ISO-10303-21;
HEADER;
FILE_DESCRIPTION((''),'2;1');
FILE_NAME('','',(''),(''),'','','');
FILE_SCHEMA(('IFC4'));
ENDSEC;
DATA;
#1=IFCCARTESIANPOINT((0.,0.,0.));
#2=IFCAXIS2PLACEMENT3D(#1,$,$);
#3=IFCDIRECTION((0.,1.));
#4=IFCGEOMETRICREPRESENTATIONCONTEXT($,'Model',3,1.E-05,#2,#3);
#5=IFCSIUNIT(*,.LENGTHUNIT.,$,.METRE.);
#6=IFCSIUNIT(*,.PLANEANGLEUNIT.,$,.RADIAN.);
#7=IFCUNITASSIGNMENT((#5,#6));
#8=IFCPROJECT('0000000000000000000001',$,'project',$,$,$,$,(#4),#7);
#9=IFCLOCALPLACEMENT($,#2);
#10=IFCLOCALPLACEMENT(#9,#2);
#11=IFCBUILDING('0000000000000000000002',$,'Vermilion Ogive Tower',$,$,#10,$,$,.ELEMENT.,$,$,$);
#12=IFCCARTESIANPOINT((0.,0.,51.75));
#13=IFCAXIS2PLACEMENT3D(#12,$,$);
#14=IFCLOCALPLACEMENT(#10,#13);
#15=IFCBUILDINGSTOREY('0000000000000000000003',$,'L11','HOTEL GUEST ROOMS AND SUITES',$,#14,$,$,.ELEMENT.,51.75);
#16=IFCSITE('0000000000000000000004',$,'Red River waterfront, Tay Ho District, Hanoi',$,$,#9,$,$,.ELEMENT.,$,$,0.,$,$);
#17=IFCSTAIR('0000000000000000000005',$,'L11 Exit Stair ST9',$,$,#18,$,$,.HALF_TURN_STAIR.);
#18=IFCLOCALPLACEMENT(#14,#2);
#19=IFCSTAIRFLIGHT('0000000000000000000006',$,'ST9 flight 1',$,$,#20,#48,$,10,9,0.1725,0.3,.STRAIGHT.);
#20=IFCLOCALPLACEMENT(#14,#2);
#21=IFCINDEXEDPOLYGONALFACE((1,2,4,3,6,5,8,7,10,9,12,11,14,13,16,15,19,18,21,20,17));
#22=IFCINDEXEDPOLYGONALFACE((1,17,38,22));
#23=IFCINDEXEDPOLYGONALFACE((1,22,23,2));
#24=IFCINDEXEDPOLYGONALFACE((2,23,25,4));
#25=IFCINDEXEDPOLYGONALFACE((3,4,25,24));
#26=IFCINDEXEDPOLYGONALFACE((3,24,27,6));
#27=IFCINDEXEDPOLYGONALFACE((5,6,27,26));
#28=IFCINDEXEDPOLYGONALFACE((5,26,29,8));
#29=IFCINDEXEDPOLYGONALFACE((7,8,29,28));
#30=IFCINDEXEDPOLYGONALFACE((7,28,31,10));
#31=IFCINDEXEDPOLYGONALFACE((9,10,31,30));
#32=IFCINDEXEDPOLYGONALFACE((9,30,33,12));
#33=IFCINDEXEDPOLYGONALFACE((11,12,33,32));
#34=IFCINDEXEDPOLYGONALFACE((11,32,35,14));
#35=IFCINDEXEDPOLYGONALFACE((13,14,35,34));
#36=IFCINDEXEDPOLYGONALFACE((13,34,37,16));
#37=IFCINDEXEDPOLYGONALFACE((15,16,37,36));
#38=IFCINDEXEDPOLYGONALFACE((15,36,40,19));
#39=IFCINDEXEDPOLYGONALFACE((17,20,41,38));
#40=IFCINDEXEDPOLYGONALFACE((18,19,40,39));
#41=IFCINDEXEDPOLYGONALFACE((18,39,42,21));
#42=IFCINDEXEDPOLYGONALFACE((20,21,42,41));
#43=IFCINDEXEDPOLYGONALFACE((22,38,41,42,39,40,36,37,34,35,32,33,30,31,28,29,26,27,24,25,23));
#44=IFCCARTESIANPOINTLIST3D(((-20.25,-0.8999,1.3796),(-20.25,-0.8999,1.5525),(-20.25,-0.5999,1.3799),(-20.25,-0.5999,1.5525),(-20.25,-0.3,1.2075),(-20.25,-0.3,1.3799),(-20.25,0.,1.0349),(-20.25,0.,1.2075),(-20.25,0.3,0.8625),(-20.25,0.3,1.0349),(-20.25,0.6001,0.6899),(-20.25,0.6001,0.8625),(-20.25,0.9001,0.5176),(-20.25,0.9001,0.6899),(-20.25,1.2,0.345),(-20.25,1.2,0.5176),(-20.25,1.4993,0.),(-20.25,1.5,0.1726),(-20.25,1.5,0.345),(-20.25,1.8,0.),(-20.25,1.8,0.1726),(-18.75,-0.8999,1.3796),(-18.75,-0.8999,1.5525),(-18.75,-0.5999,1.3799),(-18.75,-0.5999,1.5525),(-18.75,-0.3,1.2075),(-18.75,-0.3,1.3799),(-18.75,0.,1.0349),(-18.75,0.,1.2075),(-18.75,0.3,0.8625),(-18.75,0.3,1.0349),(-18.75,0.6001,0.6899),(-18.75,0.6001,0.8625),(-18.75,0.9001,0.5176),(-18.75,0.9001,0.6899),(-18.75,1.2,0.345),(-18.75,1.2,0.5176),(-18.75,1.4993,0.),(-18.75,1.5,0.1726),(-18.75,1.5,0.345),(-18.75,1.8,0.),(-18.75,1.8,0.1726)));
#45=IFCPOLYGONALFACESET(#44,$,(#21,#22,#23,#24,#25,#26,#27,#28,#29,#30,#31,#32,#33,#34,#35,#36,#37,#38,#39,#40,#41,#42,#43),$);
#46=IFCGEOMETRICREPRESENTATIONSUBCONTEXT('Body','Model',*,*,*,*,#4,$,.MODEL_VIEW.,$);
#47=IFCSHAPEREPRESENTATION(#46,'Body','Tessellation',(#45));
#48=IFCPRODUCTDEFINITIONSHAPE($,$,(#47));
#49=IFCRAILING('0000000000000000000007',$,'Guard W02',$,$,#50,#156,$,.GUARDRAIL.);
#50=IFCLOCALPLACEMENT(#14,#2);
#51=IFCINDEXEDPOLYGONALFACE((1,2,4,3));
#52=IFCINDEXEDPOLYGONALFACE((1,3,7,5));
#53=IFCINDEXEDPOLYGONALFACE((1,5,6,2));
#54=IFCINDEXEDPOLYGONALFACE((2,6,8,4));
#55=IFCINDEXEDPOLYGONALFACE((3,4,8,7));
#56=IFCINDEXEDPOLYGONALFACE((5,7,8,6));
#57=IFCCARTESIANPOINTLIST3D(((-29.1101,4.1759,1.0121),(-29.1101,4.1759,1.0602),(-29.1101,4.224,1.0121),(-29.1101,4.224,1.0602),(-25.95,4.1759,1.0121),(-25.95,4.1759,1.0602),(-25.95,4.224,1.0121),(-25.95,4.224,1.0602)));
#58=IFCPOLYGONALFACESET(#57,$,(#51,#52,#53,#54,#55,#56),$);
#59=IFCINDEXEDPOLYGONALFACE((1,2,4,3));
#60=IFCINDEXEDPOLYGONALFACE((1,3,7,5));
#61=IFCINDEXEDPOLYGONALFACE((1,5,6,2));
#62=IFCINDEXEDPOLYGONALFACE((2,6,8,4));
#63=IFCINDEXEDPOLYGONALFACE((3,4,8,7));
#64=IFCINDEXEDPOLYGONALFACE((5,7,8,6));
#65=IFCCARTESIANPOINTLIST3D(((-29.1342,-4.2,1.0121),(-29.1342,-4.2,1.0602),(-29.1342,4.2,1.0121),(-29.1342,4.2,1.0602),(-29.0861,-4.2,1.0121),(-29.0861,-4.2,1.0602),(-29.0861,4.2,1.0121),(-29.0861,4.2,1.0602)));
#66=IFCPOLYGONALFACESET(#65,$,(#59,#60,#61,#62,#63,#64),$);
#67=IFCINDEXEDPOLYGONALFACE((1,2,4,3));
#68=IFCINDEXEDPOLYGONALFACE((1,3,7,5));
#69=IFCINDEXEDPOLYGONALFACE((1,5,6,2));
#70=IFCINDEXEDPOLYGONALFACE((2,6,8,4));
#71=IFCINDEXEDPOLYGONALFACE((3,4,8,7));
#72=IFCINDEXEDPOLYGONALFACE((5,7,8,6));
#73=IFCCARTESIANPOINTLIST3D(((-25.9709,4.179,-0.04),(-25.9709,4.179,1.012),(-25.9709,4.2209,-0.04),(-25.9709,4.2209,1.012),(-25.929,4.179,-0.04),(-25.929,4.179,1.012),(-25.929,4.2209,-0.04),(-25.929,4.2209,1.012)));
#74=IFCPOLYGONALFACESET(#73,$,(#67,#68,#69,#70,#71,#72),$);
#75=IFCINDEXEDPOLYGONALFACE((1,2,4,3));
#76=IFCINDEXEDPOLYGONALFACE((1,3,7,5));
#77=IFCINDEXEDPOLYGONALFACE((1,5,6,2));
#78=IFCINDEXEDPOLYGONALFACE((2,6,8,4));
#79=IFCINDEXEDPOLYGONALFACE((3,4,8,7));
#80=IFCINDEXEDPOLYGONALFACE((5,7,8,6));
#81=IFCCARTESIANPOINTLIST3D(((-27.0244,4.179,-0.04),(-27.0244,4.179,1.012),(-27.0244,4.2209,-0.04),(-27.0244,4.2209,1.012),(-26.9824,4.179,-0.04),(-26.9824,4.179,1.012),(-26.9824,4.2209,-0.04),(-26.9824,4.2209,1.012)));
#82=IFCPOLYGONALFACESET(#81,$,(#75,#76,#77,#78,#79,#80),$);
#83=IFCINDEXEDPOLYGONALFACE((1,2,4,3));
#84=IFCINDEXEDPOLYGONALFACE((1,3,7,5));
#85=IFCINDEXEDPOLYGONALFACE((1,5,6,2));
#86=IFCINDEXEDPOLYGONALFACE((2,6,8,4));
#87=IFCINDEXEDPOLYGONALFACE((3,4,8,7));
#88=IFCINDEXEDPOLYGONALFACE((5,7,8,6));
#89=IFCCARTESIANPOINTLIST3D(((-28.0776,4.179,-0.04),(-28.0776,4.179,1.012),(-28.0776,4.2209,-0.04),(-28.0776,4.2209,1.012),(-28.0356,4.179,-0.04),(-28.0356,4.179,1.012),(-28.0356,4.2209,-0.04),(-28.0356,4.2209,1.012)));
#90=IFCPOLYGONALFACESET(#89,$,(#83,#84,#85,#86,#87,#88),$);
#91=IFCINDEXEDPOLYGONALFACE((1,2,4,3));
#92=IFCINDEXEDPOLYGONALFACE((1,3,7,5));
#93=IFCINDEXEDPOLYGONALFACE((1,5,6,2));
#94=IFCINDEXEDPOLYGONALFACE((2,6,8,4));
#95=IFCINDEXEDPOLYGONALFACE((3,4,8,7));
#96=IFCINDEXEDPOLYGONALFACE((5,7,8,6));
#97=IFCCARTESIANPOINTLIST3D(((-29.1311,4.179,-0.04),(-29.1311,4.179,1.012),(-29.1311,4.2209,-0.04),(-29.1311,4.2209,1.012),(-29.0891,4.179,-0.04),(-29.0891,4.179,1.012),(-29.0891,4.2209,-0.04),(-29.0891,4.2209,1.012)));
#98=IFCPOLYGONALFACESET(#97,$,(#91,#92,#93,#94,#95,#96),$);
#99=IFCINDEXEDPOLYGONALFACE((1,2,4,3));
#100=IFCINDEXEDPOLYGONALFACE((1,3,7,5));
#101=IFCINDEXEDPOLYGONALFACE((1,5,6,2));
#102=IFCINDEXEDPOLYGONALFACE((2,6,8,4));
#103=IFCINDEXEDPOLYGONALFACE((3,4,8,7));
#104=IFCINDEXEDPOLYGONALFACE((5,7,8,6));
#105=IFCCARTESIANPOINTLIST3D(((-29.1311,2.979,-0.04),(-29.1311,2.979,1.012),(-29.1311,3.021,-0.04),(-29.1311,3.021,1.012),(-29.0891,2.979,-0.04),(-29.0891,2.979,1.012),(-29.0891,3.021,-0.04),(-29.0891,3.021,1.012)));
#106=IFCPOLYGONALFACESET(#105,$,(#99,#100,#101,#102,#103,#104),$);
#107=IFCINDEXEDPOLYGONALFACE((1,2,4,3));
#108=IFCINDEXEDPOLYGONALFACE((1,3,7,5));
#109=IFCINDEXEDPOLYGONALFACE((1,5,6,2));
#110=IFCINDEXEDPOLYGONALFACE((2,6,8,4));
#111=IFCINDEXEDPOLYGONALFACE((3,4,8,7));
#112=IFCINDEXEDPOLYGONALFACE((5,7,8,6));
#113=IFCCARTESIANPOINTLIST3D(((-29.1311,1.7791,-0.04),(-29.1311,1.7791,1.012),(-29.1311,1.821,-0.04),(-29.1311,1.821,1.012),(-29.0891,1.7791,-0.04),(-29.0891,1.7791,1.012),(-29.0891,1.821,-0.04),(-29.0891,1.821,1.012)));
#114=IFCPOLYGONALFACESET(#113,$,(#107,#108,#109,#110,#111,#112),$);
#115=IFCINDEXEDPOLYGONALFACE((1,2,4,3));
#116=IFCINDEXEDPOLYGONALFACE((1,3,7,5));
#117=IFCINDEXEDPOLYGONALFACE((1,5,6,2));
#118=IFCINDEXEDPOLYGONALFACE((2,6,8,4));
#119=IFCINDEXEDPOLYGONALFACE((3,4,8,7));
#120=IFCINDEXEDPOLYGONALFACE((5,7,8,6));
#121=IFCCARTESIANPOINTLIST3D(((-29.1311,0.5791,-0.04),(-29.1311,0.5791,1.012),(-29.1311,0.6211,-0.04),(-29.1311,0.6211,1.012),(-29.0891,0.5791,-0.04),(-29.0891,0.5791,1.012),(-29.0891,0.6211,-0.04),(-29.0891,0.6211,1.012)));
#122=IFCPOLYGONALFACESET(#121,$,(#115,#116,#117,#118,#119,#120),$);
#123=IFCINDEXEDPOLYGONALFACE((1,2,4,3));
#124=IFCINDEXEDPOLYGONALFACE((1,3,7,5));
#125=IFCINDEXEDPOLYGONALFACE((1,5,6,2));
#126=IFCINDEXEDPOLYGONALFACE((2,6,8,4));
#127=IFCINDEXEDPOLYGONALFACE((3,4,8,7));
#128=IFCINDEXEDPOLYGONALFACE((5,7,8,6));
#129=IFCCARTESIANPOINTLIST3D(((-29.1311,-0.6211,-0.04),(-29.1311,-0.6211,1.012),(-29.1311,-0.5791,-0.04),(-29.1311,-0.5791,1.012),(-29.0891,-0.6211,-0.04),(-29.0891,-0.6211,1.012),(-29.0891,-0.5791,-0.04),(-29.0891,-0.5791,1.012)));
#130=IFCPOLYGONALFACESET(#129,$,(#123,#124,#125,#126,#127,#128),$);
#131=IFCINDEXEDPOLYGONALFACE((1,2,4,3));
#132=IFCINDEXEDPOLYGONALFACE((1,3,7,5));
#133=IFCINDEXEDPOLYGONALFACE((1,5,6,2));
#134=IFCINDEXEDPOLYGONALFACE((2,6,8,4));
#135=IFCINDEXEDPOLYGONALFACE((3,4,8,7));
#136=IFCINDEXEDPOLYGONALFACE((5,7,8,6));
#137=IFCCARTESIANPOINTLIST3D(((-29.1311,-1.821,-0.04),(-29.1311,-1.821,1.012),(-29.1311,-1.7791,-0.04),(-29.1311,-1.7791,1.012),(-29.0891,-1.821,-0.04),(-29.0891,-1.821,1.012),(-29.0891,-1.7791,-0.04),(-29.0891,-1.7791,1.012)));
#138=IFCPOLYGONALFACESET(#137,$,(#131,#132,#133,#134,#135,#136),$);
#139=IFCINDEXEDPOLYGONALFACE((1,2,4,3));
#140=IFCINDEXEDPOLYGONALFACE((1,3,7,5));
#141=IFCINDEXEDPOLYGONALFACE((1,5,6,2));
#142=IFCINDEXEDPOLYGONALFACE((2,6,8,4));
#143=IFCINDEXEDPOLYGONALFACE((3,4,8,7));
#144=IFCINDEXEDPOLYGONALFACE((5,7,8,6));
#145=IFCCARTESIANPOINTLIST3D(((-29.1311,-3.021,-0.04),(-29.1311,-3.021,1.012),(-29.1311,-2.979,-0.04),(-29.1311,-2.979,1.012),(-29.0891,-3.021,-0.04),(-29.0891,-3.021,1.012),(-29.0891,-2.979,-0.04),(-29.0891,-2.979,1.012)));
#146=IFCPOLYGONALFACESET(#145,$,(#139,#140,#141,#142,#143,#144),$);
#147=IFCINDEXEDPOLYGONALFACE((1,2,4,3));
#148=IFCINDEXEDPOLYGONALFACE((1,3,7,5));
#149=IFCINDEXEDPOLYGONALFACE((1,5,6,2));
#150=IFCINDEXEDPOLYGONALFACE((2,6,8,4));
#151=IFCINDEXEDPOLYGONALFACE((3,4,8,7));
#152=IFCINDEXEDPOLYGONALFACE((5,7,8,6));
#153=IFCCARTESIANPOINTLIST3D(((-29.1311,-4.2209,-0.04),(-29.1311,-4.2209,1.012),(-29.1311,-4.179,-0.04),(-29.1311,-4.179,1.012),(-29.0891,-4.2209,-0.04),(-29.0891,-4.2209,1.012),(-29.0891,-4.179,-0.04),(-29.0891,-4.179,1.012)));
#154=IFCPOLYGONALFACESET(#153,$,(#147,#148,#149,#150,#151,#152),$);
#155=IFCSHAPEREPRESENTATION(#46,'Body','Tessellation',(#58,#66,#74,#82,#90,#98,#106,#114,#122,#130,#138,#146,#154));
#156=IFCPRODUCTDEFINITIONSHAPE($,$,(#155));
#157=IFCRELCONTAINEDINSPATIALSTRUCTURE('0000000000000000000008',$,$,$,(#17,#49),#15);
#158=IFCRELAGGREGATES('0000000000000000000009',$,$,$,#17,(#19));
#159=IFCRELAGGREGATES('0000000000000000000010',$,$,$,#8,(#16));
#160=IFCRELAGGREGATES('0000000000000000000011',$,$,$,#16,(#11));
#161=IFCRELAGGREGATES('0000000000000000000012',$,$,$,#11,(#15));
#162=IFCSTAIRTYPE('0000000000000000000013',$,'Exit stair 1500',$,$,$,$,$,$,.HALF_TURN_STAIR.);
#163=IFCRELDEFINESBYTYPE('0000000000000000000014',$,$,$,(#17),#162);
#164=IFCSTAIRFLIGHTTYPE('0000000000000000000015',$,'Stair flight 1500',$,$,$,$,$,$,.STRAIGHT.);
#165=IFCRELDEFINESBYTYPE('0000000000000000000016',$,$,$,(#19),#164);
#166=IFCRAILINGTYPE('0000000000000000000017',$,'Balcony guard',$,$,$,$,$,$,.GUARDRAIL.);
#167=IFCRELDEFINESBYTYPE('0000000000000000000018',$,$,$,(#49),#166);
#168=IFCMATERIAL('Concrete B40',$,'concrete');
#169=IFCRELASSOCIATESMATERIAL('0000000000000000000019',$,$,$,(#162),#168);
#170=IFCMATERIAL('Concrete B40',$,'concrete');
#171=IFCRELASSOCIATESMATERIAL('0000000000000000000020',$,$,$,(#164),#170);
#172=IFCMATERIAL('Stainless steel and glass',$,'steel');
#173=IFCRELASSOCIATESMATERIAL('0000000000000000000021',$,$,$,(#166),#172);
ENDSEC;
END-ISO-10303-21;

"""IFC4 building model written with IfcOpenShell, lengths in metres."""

from ifc_helpers import new_model, si_unit, direction, frame, origin, origin_2d, place, context, subcontext, project, spatial, polyline, rectangle, outline, extrude, material, type_object, element, aggregate, save


model = new_model("IFC4")

# Units and contexts
model_context = context("Model", 3, precision=1e-05, world=origin(), true_north=direction((0.0, 1.0)))
body_context = subcontext(model_context, "Body", "Model", "MODEL_VIEW")
ifc_project = project(units=[si_unit("LENGTHUNIT", "METRE"), si_unit("PLANEANGLEUNIT", "RADIAN")], contexts=[model_context])

# Site, building, storey
site_placement = place(None, origin())
site = spatial("IfcSite", under=ifc_project, at=site_placement, Name="Red River waterfront, Tay Ho District, Hanoi", CompositionType="ELEMENT", RefElevation=0.0)
building_placement = place(site_placement, origin())
building = spatial("IfcBuilding", under=site, at=building_placement, Name="Vermilion Ogive Tower", CompositionType="ELEMENT")
storey_placement = place(building_placement, frame((0.0, 0.0, 51.75)))
storey = spatial("IfcBuildingStorey", under=building, at=storey_placement, Name="L11", Description="HOTEL GUEST ROOMS AND SUITES", CompositionType="ELEMENT", Elevation=51.75)

# Stair, stair flight
ifc_material_1 = material(Name="Concrete B40", Category="concrete")
stair_type = type_object("IfcStairType", Name="Exit stair 1500", PredefinedType="HALF_TURN_STAIR", material=ifc_material_1)
stair_placement = place(storey_placement, origin())
stair = element("IfcStair", 1, at=stair_placement, inside=storey, type_object=stair_type, Name="L11 Exit Stair ST9", PredefinedType="HALF_TURN_STAIR")
ifc_material_2 = material(Name="Concrete B40", Category="concrete")
stair_flight_type = type_object("IfcStairFlightType", Name="Stair flight 1500", PredefinedType="STRAIGHT", material=ifc_material_2)
stair_flight_placement = place(storey_placement, frame((-19.5, 1.8, 0.0), z_axis=(0.0, 0.0, 1.0), x_axis=(0.0, -1.0, 0.0)))
stair_flight = element("IfcStairFlight", 2, at=stair_flight_placement, type_object=stair_flight_type, Name="ST9 flight 1", NumberOfRisers=10, NumberOfTreads=9, PredefinedType="STRAIGHT", RiserHeight=0.1725, TreadLength=0.3, context=body_context, shape_type="SweptSolid", body=[
    extrude(outline(polyline([(0.0, 0.0), (0.0, 0.1726), (0.3, 0.1726), (0.3, 0.345), (0.6001, 0.345), (0.6001, 0.5176), (0.8999, 0.5176), (0.8999, 0.6899), (1.2, 0.6899), (1.2, 0.8625), (1.5, 0.8625), (1.5, 1.0349), (1.8, 1.0349), (1.8, 1.2075), (2.1001, 1.2075), (2.1001, 1.3799), (2.3999, 1.3799), (2.3999, 1.5525), (2.7, 1.5525), (2.7, 1.7251), (2.7, 1.3796), (0.3008, 0.0), (0.0, 0.0)])), frame((0.0, 0.75, 0.0), z_axis=(0.0, -1.0, 0.0), x_axis=(1.0, 0.0, 0.0)), (0.0, 0.0, 1.0), 1.5),
])
aggregate(stair, [stair_flight])

# Railing
ifc_material_3 = material(Name="Stainless steel and glass", Category="steel")
railing_type_1 = type_object("IfcRailingType", Name="Balcony guard", PredefinedType="GUARDRAIL", material=ifc_material_3)
railing_1_placement = place(storey_placement, frame((-25.95, 4.2, -0.04)))
element("IfcRailing", 3, at=railing_1_placement, inside=storey, type_object=railing_type_1, Name="Guard W02", PredefinedType="GUARDRAIL", context=body_context, shape_type="SweptSolid", body=[
    extrude(rectangle(XDim=0.0481, YDim=0.0481, at=origin_2d()), frame((0.0, 0.0, 1.0762), z_axis=(-1.0, 0.0, 0.0), x_axis=(0.0, -1.0, 0.0)), (0.0, 0.0, 1.0), 3.1602),
    extrude(rectangle(XDim=0.0481, YDim=0.0481, at=origin_2d()), frame((-3.1602, 0.0, 1.0762), z_axis=(0.0, -1.0, 0.0), x_axis=(1.0, 0.0, 0.0)), (0.0, 0.0, 1.0), 8.3999),
    extrude(rectangle(XDim=0.042, YDim=0.042, at=origin_2d()), origin(), (0.0, 0.0, 1.0), 1.052),
    extrude(rectangle(XDim=0.042, YDim=0.042, at=origin_2d()), frame((-1.0535, 0.0, 0.0)), (0.0, 0.0, 1.0), 1.052),
    extrude(rectangle(XDim=0.042, YDim=0.042, at=origin_2d()), frame((-2.1067, 0.0, 0.0)), (0.0, 0.0, 1.0), 1.052),
    extrude(rectangle(XDim=0.042, YDim=0.042, at=origin_2d()), frame((-3.1602, 0.0, 0.0)), (0.0, 0.0, 1.0), 1.052),
    extrude(rectangle(XDim=0.042, YDim=0.042, at=origin_2d()), frame((-3.1602, -1.2, 0.0)), (0.0, 0.0, 1.0), 1.052),
    extrude(rectangle(XDim=0.042, YDim=0.042, at=origin_2d()), frame((-3.1602, -2.3999, 0.0)), (0.0, 0.0, 1.0), 1.052),
    extrude(rectangle(XDim=0.042, YDim=0.042, at=origin_2d()), frame((-3.1602, -3.5999, 0.0)), (0.0, 0.0, 1.0), 1.052),
    extrude(rectangle(XDim=0.042, YDim=0.042, at=origin_2d()), frame((-3.1602, -4.8, 0.0)), (0.0, 0.0, 1.0), 1.052),
    extrude(rectangle(XDim=0.042, YDim=0.042, at=origin_2d()), frame((-3.1602, -6.0, 0.0)), (0.0, 0.0, 1.0), 1.052),
    extrude(rectangle(XDim=0.042, YDim=0.042, at=origin_2d()), frame((-3.1602, -7.2, 0.0)), (0.0, 0.0, 1.0), 1.052),
    extrude(rectangle(XDim=0.042, YDim=0.042, at=origin_2d()), frame((-3.1602, -8.3999, 0.0)), (0.0, 0.0, 1.0), 1.052),
])

save(model, "model.ifc")
